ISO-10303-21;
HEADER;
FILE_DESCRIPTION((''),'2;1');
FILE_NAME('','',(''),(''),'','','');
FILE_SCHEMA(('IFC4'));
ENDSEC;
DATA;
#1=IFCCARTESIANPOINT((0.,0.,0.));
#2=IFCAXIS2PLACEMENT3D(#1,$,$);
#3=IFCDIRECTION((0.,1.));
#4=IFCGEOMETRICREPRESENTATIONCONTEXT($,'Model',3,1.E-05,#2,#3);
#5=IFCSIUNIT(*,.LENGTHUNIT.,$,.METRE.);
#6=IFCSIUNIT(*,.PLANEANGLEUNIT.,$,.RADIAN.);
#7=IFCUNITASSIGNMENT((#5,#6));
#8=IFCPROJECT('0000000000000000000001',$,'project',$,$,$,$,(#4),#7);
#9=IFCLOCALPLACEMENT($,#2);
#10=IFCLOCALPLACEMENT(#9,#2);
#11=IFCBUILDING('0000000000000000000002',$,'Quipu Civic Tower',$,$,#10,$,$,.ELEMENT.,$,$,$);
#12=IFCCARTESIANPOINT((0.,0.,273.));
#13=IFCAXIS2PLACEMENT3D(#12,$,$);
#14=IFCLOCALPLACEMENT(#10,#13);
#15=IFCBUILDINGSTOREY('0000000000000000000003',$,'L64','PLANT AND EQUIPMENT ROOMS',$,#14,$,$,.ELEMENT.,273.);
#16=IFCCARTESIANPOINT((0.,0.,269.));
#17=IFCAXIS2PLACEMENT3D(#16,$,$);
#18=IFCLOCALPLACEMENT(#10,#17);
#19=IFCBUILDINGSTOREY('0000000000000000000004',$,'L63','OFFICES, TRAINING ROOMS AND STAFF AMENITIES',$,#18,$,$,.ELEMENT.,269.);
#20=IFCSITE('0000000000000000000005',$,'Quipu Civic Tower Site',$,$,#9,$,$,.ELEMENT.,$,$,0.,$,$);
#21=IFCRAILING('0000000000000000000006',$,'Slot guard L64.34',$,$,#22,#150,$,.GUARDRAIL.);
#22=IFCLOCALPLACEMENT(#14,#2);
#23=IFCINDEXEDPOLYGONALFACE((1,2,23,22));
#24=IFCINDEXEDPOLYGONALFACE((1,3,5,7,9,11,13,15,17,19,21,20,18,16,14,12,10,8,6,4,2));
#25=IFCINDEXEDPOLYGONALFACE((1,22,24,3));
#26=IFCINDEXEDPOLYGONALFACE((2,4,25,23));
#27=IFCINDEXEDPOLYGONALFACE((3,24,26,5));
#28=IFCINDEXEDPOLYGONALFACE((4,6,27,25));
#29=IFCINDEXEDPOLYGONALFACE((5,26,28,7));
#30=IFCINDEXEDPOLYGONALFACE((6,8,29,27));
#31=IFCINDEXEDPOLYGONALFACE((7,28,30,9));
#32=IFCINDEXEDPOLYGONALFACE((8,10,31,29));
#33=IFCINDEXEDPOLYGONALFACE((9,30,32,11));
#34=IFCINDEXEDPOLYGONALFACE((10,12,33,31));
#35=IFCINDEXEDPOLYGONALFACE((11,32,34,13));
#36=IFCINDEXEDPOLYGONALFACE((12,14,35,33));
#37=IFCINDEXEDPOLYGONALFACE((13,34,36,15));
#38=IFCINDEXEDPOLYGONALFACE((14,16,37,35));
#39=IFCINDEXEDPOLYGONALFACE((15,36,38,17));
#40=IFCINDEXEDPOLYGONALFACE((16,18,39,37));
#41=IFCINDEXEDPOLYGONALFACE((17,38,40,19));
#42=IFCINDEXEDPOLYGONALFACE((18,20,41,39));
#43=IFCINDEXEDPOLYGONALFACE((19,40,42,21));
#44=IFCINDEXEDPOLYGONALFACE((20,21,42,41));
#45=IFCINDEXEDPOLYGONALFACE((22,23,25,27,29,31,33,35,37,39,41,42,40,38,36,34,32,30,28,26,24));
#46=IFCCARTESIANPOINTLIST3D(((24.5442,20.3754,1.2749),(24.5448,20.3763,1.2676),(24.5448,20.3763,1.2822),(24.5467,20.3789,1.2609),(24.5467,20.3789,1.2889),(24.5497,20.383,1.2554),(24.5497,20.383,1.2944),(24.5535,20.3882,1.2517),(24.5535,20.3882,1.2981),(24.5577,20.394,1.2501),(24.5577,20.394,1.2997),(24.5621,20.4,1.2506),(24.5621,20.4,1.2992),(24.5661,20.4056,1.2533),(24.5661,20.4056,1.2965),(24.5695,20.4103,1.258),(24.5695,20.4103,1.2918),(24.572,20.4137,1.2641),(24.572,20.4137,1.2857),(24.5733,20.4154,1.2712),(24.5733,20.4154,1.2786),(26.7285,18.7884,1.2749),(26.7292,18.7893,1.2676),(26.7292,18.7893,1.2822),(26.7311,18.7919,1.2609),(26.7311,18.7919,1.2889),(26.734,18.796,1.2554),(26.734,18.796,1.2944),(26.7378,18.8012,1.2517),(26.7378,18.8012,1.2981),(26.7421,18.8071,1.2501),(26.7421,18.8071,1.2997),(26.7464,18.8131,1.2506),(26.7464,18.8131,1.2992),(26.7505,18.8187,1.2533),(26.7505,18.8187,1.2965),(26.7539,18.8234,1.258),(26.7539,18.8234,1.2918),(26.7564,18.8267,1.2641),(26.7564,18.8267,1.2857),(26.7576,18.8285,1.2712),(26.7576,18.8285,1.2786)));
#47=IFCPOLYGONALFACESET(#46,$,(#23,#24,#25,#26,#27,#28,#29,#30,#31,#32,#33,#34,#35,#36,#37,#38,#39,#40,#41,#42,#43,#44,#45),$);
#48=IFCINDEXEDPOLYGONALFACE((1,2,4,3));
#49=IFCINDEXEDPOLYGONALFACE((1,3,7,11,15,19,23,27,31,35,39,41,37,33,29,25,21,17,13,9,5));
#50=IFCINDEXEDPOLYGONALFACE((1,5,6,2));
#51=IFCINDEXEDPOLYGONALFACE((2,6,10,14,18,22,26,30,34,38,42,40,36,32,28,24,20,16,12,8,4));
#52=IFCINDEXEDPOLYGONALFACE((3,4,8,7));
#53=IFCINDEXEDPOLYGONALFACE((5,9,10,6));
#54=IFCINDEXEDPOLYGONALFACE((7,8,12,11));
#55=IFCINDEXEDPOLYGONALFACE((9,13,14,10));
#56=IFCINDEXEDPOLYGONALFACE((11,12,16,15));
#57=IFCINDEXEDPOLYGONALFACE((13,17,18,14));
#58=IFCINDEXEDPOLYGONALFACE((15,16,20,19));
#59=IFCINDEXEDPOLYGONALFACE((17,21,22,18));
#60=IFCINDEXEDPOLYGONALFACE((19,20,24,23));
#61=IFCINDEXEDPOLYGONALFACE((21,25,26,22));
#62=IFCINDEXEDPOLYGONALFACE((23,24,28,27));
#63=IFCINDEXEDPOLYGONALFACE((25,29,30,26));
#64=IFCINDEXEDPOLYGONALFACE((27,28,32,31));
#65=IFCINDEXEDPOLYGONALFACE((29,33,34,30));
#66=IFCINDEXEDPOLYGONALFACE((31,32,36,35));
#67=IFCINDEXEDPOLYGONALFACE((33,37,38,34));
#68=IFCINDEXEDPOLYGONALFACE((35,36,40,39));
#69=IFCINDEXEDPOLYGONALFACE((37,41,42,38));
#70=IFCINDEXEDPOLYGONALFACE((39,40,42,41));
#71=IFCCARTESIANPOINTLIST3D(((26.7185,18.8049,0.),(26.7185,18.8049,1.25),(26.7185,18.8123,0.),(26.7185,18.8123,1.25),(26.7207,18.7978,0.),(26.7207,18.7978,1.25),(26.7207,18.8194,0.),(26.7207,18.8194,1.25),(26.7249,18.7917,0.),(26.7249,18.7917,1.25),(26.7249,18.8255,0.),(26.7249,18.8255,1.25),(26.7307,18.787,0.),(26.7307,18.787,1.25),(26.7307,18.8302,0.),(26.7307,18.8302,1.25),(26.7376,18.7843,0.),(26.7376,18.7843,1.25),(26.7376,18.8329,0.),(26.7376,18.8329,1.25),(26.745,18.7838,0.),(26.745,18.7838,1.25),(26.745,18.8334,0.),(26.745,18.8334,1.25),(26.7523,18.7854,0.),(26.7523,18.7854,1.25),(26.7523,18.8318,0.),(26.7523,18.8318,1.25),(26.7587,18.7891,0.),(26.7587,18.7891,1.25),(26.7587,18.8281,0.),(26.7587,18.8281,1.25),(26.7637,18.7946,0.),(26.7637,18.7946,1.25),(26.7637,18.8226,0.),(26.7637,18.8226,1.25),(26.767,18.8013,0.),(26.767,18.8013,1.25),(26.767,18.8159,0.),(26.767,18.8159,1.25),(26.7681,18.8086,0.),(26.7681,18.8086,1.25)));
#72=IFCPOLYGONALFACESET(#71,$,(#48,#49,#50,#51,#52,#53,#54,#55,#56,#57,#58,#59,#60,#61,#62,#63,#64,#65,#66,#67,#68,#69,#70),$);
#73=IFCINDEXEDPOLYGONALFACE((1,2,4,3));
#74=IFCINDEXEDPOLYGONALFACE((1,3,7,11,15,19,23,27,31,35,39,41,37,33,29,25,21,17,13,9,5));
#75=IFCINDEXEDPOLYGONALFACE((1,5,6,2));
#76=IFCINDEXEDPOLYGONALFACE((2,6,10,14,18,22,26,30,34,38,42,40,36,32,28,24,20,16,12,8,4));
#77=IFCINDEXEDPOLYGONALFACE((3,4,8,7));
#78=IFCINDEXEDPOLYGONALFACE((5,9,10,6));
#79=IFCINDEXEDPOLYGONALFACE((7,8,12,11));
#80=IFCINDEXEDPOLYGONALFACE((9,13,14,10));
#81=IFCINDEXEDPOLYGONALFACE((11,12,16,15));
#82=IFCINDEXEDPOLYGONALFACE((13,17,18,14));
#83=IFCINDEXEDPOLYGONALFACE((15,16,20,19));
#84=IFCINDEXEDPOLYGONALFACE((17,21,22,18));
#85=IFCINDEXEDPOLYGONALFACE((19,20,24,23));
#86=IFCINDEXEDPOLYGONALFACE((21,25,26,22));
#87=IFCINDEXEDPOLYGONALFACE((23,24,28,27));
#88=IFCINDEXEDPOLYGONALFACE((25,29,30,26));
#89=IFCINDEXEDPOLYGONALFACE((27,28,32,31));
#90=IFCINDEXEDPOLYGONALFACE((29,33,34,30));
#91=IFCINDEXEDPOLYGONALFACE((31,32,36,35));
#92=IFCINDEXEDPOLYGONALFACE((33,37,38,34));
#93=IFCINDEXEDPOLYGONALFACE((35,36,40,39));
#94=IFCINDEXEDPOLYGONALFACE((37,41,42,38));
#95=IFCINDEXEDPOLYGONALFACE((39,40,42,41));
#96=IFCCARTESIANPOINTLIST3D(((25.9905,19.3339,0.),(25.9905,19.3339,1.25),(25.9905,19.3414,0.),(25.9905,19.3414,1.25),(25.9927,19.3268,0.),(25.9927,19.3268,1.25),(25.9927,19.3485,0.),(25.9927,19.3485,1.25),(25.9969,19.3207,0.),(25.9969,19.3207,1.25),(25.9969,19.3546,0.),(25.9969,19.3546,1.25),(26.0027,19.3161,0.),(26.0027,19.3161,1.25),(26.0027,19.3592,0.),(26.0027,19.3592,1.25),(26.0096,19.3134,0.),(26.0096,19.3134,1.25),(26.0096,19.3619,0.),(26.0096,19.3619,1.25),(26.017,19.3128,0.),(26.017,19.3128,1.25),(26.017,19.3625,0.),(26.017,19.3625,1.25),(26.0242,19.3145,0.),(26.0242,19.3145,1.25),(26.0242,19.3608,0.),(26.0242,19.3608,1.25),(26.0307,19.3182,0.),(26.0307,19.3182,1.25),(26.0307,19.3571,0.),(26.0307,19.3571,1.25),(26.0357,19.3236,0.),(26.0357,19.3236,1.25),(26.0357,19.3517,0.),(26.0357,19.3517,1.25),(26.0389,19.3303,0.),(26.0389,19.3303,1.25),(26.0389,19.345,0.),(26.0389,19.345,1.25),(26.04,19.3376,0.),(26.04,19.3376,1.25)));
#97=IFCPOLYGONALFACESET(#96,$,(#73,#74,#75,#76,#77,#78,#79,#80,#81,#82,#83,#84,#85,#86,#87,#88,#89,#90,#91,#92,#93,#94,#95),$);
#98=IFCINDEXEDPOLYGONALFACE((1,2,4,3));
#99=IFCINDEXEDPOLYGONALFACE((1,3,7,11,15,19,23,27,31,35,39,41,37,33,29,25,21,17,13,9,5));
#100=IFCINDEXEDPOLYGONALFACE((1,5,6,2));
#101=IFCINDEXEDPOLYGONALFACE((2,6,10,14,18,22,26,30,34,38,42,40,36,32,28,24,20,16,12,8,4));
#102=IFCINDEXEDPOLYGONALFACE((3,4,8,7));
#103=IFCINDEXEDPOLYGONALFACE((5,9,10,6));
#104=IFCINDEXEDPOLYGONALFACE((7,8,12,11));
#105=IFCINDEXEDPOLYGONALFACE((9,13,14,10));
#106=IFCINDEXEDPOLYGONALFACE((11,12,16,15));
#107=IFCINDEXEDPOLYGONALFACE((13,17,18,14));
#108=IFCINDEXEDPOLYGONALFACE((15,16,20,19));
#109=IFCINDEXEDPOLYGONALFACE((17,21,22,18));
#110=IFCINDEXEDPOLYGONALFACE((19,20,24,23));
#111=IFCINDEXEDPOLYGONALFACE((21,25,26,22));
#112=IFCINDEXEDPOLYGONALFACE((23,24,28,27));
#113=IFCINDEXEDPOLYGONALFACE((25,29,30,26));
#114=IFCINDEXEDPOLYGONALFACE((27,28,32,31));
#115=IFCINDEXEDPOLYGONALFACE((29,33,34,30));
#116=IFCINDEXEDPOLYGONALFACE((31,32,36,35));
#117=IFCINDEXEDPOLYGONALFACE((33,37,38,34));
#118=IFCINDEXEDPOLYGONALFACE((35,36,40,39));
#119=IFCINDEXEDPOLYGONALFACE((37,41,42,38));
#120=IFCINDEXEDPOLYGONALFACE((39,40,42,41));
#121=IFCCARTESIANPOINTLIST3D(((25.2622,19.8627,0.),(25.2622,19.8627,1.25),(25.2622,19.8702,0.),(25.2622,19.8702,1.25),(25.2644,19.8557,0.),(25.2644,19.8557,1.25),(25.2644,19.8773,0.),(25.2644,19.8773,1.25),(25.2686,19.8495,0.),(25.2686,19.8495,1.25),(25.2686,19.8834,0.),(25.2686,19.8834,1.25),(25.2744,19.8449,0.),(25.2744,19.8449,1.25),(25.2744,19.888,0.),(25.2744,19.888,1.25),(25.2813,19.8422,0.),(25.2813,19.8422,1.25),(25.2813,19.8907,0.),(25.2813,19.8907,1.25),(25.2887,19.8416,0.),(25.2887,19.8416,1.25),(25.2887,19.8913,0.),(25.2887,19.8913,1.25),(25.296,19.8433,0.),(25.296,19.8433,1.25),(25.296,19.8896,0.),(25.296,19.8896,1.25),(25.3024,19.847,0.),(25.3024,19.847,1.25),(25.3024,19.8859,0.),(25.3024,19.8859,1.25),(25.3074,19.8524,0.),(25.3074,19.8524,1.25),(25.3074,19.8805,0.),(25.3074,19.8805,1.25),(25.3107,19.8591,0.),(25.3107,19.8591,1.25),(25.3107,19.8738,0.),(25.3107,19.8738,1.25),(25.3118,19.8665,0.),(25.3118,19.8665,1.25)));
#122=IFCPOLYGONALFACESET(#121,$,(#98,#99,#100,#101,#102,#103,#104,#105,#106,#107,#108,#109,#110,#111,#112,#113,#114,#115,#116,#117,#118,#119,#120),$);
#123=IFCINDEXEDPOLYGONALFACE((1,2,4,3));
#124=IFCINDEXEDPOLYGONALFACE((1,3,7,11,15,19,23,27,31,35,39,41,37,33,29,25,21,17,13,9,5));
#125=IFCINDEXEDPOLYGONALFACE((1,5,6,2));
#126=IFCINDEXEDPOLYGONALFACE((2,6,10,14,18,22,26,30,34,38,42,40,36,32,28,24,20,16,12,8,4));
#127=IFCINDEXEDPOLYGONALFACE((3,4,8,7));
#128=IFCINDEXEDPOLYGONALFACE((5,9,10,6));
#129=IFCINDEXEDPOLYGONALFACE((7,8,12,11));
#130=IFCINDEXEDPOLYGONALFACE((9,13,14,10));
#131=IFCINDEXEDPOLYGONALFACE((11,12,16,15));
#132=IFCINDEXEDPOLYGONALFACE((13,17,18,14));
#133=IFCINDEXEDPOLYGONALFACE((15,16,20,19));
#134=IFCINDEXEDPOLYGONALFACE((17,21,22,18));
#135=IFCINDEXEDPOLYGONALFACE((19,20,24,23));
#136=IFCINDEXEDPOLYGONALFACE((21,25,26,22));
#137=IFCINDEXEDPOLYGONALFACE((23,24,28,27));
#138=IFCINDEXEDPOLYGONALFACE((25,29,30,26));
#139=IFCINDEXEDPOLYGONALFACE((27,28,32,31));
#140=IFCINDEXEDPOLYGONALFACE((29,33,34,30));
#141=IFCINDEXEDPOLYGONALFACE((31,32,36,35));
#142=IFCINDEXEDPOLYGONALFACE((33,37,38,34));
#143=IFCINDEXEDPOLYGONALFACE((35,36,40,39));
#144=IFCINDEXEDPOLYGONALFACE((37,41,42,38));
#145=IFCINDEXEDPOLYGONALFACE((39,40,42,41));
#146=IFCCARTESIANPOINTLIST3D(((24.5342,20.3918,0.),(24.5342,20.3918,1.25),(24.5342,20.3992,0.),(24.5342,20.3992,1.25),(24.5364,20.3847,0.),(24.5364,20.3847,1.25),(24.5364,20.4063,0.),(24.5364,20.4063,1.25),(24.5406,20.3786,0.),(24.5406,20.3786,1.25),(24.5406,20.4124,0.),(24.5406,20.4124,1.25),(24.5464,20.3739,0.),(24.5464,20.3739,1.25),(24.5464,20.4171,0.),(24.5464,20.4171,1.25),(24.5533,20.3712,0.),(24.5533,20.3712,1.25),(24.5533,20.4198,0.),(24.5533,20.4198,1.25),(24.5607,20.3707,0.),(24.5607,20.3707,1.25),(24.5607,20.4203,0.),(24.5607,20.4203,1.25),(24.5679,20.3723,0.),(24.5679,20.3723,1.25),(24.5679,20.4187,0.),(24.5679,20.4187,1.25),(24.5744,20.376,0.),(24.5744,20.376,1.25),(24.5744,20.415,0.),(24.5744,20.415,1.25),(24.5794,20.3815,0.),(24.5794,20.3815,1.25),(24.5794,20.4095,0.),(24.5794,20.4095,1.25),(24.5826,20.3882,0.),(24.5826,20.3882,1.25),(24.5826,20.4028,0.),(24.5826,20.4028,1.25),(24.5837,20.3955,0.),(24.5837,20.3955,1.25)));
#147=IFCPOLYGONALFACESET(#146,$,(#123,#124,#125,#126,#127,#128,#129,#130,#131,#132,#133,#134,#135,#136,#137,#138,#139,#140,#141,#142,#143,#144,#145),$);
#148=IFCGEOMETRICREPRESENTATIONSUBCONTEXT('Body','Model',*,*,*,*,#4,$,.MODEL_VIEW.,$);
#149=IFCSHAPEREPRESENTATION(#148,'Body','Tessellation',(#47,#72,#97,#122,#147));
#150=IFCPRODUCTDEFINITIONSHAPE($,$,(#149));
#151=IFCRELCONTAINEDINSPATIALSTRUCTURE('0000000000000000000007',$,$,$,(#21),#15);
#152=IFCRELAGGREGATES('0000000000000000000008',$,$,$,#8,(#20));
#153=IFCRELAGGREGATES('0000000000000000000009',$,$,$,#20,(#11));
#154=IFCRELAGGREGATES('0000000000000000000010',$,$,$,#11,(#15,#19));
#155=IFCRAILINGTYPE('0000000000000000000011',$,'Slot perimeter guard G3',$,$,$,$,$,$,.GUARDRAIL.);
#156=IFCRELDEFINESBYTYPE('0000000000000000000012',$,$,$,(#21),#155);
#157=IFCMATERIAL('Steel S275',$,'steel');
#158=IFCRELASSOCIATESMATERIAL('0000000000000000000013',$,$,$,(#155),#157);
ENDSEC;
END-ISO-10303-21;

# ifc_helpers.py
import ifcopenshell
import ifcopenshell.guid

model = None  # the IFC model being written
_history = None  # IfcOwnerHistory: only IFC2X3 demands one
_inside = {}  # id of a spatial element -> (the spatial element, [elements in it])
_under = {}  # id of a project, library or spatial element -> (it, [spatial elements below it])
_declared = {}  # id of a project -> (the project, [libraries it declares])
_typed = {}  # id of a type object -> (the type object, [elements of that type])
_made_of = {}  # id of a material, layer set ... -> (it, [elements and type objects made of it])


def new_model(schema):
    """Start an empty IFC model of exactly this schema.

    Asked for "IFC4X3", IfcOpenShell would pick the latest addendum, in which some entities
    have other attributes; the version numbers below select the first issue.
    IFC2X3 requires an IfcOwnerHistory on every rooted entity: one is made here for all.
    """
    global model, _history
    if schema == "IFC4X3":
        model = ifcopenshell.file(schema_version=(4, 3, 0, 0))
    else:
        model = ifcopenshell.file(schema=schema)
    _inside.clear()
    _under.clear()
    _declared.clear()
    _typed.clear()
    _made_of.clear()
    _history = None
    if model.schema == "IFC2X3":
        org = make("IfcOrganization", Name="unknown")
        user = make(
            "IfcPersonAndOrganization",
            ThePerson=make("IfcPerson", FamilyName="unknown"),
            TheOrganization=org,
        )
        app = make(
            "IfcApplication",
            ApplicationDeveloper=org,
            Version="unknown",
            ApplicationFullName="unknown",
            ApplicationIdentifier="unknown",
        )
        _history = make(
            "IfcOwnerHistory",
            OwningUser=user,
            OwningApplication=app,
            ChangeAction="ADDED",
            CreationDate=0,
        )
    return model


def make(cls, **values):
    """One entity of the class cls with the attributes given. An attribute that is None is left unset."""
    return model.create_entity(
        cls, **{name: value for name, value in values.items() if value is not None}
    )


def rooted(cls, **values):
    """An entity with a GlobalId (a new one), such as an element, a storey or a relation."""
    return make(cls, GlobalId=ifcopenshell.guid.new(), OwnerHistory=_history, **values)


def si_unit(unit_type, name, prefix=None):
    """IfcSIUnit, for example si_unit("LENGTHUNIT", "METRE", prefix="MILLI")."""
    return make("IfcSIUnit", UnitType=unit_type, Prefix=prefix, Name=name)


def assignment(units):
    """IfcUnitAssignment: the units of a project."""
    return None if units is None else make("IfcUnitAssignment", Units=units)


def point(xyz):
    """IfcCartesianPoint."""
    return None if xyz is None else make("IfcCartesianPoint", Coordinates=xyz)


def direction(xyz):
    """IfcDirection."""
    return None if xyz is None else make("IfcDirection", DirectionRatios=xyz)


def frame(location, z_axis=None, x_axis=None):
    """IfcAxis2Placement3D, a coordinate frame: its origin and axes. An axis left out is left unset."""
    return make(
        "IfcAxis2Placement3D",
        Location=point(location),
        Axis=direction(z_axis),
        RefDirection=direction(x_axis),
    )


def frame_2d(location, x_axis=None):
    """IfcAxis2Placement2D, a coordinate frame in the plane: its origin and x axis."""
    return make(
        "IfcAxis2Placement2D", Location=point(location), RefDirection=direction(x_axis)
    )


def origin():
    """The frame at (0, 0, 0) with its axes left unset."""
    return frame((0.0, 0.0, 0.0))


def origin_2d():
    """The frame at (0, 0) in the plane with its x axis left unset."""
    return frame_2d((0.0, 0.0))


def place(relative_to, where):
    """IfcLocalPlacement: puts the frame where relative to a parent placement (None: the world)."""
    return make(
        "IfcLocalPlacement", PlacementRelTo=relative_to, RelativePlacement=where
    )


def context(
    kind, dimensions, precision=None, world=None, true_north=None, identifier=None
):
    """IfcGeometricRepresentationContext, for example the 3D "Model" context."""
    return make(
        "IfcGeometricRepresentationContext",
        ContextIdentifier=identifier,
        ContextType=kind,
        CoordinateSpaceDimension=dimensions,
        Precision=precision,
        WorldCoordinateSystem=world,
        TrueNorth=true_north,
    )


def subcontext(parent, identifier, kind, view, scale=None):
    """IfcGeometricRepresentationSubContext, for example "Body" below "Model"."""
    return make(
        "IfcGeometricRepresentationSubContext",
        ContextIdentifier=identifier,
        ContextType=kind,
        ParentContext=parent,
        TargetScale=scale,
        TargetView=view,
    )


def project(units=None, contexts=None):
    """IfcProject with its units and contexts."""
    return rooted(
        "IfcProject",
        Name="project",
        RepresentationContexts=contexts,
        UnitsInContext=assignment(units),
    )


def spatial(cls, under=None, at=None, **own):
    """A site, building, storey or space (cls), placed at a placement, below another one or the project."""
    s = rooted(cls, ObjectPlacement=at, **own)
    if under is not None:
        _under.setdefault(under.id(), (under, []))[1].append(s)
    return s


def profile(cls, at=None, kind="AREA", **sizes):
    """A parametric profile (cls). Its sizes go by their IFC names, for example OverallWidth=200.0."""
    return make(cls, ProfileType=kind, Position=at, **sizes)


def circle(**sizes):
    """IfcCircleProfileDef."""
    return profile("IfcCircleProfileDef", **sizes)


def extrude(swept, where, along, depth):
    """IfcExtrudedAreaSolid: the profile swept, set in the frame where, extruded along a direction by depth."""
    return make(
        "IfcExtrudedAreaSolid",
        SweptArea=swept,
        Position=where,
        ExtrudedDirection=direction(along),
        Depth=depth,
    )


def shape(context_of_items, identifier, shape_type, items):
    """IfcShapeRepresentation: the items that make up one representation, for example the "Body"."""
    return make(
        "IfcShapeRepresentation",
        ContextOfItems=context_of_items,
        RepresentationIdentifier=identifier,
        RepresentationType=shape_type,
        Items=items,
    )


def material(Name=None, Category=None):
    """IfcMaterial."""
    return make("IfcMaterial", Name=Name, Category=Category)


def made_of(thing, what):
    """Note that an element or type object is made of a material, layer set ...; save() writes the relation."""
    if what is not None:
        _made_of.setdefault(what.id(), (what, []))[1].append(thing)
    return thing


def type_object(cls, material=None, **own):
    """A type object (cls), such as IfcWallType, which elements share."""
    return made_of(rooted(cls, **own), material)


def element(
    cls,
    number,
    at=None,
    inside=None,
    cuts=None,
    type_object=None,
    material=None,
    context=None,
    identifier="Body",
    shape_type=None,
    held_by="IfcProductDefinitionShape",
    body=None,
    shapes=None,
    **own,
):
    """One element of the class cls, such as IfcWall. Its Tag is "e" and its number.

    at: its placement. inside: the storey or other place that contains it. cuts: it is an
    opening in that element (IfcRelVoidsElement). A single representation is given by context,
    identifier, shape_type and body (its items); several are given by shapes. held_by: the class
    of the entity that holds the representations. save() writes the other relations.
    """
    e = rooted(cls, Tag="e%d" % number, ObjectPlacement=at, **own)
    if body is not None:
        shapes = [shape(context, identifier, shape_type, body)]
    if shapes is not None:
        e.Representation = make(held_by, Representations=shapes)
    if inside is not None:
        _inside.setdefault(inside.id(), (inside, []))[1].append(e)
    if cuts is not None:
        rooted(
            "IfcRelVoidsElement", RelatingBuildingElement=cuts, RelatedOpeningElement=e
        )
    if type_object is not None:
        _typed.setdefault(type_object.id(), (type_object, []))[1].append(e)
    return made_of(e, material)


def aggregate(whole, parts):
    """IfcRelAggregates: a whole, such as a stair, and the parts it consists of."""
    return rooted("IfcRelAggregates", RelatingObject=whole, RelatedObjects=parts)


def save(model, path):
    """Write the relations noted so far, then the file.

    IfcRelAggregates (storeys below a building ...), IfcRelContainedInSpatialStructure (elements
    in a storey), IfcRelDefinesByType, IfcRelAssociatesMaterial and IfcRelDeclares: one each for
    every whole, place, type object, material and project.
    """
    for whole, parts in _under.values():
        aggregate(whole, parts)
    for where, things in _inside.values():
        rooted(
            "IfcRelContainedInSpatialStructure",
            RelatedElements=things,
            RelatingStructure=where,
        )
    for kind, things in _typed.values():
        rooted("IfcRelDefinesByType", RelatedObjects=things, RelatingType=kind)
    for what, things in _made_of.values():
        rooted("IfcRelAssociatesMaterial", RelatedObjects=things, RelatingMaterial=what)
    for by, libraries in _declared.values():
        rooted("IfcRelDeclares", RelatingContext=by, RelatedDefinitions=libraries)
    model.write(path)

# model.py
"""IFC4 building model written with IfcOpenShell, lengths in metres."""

from ifc_helpers import new_model, si_unit, direction, frame, origin, origin_2d, place, context, subcontext, project, spatial, circle, extrude, material, type_object, element, save


model = new_model("IFC4")

# Units and contexts
model_context = context("Model", 3, precision=1e-05, world=origin(), true_north=direction((0.0, 1.0)))
body_context = subcontext(model_context, "Body", "Model", "MODEL_VIEW")
ifc_project = project(units=[si_unit("LENGTHUNIT", "METRE"), si_unit("PLANEANGLEUNIT", "RADIAN")], contexts=[model_context])

# Site, building, storey
site_placement = place(None, origin())
site = spatial("IfcSite", under=ifc_project, at=site_placement, Name="Quipu Civic Tower Site", CompositionType="ELEMENT", RefElevation=0.0)
building_placement = place(site_placement, origin())
building = spatial("IfcBuilding", under=site, at=building_placement, Name="Quipu Civic Tower", CompositionType="ELEMENT")
storey_1_placement = place(building_placement, frame((0.0, 0.0, 273.0)))
storey_1 = spatial("IfcBuildingStorey", under=building, at=storey_1_placement, Name="L64", Description="PLANT AND EQUIPMENT ROOMS", CompositionType="ELEMENT", Elevation=273.0)

# Shared definitions
storey_2_placement = place(building_placement, frame((0.0, 0.0, 269.0)))
storey_2 = spatial("IfcBuildingStorey", under=building, at=storey_2_placement, Name="L63", Description="OFFICES, TRAINING ROOMS AND STAFF AMENITIES", CompositionType="ELEMENT", Elevation=269.0)

# Railing
ifc_material_1 = material(Name="Steel S275", Category="steel")
railing_type = type_object("IfcRailingType", Name="Slot perimeter guard G3", PredefinedType="GUARDRAIL", material=ifc_material_1)
railing_1_placement = place(storey_1_placement, frame((26.7432, 18.8086, 0.0)))
element("IfcRailing", 1, at=railing_1_placement, inside=storey_1, type_object=railing_type, Name="Slot guard L64.34", PredefinedType="GUARDRAIL", context=body_context, shape_type="SweptSolid", body=[
    extrude(circle(Radius=0.0249, at=origin_2d()), frame((0.0, 0.0, 1.2749), z_axis=(-0.809033, 0.587763, 0.0), x_axis=(-0.587763, -0.809033, 0.0)), (0.0, 0.0, 1.0), 2.7),
    extrude(circle(Radius=0.0249, at=origin_2d()), origin(), (0.0, 0.0, 1.0), 1.25),
    extrude(circle(Radius=0.0249, at=origin_2d()), frame((-0.728, 0.5291, 0.0)), (0.0, 0.0, 1.0), 1.25),
    extrude(circle(Radius=0.0249, at=origin_2d()), frame((-1.4563, 1.0579, 0.0)), (0.0, 0.0, 1.0), 1.25),
    extrude(circle(Radius=0.0249, at=origin_2d()), frame((-2.1843, 1.5869, 0.0)), (0.0, 0.0, 1.0), 1.25),
])

save(model, "model.ifc")
